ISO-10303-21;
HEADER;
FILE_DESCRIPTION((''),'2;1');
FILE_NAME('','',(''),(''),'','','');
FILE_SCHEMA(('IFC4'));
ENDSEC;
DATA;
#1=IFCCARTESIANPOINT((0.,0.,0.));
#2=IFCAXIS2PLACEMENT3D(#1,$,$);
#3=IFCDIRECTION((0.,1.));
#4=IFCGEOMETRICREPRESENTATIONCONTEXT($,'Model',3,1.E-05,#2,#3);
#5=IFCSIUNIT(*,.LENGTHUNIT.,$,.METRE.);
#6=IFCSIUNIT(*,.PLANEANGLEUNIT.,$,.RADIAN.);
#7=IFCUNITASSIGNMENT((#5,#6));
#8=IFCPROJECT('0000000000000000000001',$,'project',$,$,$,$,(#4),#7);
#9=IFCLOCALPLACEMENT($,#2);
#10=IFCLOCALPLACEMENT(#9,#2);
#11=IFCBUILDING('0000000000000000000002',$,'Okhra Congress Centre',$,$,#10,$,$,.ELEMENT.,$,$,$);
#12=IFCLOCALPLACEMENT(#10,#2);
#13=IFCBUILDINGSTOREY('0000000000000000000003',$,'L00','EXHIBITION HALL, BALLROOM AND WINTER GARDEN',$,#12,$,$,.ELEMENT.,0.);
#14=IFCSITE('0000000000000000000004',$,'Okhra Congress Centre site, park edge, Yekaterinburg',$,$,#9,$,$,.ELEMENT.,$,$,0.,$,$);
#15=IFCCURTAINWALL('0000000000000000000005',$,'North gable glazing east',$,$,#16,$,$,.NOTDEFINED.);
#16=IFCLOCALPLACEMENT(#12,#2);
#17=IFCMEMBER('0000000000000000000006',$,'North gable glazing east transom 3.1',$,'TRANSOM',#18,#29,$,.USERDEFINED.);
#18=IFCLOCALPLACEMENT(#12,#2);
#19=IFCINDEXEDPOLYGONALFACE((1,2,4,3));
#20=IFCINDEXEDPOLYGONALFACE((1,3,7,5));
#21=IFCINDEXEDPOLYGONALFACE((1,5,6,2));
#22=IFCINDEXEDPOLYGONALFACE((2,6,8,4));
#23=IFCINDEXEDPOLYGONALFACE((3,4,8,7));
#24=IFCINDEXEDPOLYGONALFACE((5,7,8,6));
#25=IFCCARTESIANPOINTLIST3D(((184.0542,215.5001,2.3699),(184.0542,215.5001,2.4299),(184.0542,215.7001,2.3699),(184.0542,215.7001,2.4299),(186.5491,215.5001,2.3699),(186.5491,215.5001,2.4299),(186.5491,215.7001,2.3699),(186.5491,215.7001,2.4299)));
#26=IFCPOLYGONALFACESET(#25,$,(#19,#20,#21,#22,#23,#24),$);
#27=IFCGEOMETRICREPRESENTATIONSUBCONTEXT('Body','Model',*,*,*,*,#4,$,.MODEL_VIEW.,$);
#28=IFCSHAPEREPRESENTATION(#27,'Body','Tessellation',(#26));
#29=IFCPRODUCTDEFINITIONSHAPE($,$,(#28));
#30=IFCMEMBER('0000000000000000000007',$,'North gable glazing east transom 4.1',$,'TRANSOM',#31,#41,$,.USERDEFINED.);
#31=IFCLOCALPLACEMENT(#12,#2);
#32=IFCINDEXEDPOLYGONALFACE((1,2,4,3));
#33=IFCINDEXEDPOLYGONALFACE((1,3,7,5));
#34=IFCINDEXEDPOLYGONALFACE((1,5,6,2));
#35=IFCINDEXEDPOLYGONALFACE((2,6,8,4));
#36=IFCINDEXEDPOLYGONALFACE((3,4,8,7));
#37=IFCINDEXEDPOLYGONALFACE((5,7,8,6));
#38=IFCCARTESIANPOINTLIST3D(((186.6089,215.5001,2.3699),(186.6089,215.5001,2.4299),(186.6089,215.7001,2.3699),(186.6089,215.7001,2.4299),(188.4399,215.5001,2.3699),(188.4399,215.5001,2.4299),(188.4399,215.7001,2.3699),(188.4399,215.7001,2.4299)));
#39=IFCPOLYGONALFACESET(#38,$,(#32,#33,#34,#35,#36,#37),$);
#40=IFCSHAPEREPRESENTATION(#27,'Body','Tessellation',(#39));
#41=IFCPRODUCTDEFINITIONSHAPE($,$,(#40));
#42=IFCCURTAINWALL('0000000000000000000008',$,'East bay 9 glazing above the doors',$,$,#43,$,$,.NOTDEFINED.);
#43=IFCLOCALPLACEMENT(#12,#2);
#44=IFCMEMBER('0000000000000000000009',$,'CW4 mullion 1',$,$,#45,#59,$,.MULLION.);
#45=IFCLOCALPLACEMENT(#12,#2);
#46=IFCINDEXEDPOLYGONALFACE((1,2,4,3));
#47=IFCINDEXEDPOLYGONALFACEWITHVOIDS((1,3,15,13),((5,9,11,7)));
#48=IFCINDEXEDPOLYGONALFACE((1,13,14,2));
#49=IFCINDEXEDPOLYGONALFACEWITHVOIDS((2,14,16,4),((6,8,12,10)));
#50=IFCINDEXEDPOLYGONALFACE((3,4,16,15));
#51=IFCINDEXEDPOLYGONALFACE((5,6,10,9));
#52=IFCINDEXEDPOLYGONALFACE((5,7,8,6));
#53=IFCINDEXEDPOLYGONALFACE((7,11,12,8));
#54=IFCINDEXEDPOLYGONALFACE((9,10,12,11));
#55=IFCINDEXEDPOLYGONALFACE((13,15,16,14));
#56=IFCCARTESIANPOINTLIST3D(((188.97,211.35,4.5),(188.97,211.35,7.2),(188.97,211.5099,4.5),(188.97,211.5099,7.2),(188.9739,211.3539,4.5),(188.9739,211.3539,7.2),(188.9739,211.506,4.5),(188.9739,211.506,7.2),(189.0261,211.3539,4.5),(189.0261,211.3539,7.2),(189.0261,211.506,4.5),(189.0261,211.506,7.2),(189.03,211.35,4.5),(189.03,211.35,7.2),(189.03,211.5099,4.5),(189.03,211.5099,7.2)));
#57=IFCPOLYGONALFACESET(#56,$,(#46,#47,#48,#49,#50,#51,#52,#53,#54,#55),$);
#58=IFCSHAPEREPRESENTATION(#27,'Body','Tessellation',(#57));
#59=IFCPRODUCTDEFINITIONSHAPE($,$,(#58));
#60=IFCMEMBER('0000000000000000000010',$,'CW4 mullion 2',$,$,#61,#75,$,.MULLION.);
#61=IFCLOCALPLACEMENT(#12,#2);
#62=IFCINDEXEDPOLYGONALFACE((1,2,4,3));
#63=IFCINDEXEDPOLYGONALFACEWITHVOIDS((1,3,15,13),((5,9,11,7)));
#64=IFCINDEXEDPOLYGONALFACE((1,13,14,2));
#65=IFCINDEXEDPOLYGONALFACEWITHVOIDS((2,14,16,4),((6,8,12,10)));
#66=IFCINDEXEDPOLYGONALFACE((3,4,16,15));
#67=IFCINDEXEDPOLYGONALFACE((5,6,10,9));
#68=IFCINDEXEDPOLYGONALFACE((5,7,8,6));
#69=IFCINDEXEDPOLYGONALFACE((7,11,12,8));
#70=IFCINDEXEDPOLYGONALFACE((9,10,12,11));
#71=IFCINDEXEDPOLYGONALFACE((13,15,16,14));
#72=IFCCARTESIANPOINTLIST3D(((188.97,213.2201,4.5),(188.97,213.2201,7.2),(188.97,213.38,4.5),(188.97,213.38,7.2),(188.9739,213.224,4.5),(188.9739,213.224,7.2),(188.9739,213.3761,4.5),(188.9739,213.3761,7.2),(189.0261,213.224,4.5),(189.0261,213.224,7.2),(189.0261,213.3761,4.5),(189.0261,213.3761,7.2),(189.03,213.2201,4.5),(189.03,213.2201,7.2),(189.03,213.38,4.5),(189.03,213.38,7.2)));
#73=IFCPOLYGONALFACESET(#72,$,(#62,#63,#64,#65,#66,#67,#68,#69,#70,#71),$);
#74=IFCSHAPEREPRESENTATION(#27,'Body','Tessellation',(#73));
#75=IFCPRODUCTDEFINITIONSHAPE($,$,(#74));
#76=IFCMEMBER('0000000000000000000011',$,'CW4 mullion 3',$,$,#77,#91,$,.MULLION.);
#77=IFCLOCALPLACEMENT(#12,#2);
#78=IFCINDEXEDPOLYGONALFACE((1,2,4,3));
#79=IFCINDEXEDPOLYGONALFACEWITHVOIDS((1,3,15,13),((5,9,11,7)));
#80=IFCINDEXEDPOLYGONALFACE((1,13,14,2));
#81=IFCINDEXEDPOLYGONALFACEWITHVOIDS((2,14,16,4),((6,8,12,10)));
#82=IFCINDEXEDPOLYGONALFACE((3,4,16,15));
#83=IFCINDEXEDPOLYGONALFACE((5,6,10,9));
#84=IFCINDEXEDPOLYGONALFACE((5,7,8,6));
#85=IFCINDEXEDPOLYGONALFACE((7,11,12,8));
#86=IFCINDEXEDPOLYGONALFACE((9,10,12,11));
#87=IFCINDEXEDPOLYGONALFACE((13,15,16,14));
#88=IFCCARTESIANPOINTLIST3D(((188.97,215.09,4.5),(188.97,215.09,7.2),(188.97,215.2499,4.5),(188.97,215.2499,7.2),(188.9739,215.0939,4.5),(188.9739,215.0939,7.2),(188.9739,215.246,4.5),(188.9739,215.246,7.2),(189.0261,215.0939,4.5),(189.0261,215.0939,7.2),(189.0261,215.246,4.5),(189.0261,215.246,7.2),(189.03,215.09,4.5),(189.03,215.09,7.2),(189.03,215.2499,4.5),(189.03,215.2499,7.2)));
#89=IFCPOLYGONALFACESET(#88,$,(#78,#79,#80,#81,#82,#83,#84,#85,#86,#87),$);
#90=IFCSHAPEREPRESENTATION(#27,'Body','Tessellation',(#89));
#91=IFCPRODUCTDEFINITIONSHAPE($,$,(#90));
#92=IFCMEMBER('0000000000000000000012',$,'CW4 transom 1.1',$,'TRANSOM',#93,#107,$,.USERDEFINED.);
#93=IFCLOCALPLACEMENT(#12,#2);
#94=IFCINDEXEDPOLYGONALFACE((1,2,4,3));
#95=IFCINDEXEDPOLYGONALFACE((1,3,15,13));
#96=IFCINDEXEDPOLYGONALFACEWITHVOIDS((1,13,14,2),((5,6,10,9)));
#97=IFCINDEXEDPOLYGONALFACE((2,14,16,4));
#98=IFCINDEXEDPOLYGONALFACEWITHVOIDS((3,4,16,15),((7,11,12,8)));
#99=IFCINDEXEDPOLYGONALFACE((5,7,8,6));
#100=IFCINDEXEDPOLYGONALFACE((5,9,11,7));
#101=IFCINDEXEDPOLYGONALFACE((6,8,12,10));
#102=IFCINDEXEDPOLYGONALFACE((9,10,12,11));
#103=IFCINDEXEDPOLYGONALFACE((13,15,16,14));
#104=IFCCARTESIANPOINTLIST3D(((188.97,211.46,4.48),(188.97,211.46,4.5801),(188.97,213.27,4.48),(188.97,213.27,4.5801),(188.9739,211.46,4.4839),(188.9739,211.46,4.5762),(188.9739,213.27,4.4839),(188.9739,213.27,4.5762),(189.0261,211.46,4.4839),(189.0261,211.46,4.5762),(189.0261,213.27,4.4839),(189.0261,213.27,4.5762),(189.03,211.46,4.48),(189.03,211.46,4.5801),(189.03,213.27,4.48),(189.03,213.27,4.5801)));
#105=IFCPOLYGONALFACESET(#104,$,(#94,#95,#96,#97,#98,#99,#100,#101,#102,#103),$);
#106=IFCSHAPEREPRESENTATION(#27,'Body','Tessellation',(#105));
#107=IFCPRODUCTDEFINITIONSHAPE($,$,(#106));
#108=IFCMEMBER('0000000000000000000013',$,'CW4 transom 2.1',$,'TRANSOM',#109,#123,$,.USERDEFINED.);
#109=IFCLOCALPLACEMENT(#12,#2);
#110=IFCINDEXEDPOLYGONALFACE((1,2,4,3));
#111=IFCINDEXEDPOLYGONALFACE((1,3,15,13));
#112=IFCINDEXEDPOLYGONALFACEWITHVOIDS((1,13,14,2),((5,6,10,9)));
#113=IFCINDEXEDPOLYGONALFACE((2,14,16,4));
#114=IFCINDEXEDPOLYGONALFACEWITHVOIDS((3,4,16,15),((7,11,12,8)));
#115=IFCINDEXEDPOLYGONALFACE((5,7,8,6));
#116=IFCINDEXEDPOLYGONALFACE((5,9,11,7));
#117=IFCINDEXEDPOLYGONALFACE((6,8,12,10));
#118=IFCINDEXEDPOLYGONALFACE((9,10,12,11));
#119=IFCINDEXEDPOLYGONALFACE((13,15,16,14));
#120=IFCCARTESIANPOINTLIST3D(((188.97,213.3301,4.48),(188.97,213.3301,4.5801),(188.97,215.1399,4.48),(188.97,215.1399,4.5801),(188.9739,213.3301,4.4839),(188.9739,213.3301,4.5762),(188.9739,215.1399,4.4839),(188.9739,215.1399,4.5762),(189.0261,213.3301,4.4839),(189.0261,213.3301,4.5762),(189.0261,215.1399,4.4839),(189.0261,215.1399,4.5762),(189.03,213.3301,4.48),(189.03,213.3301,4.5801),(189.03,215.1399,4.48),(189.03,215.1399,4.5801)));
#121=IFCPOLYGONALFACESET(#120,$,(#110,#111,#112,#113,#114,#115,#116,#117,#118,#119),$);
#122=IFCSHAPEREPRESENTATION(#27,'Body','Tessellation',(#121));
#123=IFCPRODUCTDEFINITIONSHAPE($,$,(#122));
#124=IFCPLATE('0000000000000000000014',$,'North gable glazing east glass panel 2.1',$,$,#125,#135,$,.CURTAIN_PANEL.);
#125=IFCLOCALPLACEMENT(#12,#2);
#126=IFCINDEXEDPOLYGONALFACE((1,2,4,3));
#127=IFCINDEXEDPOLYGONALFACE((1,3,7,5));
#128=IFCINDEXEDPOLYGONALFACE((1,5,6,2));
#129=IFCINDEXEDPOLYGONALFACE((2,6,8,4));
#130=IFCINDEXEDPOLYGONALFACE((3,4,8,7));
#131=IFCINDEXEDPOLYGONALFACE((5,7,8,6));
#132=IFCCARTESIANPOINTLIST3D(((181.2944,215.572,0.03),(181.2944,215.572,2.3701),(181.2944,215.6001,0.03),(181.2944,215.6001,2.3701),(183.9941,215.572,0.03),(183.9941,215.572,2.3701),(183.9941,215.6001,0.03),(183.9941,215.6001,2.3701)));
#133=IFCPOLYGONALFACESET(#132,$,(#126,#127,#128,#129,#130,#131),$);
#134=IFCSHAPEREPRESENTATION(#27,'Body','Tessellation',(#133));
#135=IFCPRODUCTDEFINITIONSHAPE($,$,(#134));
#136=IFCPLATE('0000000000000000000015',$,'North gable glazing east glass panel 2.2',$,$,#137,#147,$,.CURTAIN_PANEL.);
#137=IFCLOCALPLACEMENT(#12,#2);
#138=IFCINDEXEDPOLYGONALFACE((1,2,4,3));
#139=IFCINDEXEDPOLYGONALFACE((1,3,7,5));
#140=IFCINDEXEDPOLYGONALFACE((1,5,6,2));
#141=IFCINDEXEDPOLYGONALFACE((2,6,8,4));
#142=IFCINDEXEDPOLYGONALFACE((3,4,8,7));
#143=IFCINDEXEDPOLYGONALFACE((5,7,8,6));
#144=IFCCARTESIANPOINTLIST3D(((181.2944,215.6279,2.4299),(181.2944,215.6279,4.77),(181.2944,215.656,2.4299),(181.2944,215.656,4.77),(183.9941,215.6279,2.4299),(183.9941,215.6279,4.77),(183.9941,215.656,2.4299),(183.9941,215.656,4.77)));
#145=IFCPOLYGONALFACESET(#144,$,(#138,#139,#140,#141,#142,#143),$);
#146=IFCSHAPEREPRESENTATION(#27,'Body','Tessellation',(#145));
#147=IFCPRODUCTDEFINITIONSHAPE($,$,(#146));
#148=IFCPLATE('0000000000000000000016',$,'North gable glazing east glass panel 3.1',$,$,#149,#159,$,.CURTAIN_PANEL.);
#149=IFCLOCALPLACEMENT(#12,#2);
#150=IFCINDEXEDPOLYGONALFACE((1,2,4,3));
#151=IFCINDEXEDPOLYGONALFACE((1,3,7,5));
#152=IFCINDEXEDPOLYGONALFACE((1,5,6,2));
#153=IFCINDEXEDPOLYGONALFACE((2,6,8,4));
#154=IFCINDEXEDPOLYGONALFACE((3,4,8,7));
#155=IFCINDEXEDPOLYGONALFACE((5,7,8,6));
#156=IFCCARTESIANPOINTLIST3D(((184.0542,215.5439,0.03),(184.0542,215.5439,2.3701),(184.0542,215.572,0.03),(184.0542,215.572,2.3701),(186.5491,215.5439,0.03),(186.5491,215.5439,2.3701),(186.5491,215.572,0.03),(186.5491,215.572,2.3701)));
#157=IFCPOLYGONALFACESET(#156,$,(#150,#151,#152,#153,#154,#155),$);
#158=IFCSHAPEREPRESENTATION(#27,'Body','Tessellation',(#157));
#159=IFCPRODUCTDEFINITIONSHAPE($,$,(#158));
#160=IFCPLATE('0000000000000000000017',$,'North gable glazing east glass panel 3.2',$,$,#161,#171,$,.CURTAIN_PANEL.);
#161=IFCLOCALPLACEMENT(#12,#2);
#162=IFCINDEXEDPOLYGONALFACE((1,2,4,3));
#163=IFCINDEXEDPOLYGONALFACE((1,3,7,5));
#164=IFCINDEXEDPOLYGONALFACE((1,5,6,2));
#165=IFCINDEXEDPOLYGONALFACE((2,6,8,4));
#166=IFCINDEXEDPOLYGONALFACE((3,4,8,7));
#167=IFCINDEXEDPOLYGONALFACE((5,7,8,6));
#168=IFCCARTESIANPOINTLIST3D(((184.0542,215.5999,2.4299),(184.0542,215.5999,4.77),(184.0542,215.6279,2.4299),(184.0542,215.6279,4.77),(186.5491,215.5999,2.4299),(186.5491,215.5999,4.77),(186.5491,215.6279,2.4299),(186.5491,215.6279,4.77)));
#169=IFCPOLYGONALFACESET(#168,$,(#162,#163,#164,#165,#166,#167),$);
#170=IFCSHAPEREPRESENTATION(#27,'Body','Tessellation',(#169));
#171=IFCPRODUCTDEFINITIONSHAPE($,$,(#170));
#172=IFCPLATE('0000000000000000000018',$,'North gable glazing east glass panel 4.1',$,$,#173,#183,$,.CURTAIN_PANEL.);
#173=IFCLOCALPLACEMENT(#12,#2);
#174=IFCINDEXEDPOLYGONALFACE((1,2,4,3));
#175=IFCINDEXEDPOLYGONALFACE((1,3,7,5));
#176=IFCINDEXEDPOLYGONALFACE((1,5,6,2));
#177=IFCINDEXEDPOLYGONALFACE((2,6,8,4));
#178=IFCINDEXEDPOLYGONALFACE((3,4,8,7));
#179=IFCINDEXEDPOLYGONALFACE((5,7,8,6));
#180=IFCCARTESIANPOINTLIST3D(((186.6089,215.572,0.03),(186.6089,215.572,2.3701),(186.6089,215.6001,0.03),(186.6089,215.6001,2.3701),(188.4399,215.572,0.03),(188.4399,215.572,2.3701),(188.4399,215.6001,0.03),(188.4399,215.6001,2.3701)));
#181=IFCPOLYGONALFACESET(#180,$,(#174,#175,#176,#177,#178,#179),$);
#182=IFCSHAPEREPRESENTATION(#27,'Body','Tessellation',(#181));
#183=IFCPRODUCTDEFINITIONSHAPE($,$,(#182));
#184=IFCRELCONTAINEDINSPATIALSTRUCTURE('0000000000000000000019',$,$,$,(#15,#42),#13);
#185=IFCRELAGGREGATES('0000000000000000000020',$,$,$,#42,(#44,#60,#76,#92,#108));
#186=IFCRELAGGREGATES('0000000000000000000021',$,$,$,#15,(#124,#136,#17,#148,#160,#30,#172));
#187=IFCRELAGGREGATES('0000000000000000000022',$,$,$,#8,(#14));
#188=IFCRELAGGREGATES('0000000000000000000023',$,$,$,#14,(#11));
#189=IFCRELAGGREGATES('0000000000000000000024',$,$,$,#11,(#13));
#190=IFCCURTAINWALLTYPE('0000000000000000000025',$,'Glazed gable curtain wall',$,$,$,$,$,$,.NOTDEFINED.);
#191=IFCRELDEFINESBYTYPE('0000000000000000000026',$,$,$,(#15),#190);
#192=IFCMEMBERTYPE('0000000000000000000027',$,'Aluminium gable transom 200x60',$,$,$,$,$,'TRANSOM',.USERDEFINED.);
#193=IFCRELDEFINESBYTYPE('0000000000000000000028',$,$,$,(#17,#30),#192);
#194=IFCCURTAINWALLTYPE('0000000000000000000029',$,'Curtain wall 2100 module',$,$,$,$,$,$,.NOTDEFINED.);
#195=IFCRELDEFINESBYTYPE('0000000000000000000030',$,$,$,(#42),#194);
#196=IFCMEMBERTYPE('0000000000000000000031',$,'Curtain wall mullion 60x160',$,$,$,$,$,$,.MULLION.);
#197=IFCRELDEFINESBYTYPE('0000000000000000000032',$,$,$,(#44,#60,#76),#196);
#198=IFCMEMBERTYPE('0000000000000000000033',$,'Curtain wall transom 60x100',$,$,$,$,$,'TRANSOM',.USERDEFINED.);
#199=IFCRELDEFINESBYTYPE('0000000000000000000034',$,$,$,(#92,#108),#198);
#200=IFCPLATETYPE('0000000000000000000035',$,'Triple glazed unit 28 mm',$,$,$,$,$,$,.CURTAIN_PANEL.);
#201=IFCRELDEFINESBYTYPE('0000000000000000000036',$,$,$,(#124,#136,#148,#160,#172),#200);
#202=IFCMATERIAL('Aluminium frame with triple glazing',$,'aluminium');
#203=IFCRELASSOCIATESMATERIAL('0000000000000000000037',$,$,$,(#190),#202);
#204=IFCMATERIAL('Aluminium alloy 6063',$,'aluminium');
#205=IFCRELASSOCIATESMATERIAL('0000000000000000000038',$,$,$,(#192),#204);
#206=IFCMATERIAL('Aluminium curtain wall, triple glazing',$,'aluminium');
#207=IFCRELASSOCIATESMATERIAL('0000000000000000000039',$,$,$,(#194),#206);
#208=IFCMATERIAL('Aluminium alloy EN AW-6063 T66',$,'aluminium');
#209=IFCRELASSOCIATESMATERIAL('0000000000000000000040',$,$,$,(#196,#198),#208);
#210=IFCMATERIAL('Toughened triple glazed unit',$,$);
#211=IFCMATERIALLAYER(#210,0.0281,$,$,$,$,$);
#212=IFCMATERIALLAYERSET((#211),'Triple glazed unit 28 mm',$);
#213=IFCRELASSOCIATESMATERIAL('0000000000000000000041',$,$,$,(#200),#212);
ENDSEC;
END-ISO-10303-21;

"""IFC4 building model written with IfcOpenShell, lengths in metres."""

from ifc_helpers import new_model, si_unit, direction, frame, origin, origin_2d, place, context, subcontext, project, spatial, polyline, rectangle, hollow_rectangle, outline, extrude, material, layer, layer_set, material_profile, profile_set, type_object, element, aggregate, save


model = new_model("IFC4")

# Units and contexts
model_context = context("Model", 3, precision=1e-05, world=origin(), true_north=direction((0.0, 1.0)))
body_context = subcontext(model_context, "Body", "Model", "MODEL_VIEW")
ifc_project = project(units=[si_unit("LENGTHUNIT", "METRE"), si_unit("PLANEANGLEUNIT", "RADIAN")], contexts=[model_context])

# Site, building, storey
site_placement = place(None, origin())
site = spatial("IfcSite", under=ifc_project, at=site_placement, Name="Okhra Congress Centre site, park edge, Yekaterinburg", CompositionType="ELEMENT", RefElevation=0.0)
building_placement = place(site_placement, origin())
building = spatial("IfcBuilding", under=site, at=building_placement, Name="Okhra Congress Centre", CompositionType="ELEMENT")
storey_placement = place(building_placement, origin())
storey = spatial("IfcBuildingStorey", under=building, at=storey_placement, Name="L00", Description="EXHIBITION HALL, BALLROOM AND WINTER GARDEN", CompositionType="ELEMENT", Elevation=0.0)

# Curtain walls, members
ifc_material_1 = material(Name="Aluminium frame with triple glazing", Category="aluminium")
curtain_wall_type_1 = type_object("IfcCurtainWallType", Name="Glazed gable curtain wall", PredefinedType="NOTDEFINED", material=ifc_material_1)
curtain_wall_1_placement = place(storey_placement, origin())
curtain_wall_1 = element("IfcCurtainWall", 1, at=curtain_wall_1_placement, inside=storey, type_object=curtain_wall_type_1, Name="North gable glazing east", PredefinedType="NOTDEFINED")
ifc_material_2 = material(Name="Aluminium alloy 6063", Category="aluminium")
ifc_material_profile_1 = material_profile(ifc_material_2, rectangle(XDim=0.2, YDim=0.0601, at=origin_2d()), Name="AL 200x60 gable transom")
ifc_profile_set_1 = profile_set([ifc_material_profile_1], Name="Aluminium alloy 6063")
member_type_1 = type_object("IfcMemberType", Name="Aluminium gable transom 200x60", ElementType="TRANSOM", PredefinedType="USERDEFINED", material=ifc_profile_set_1)
member_1_placement = place(storey_placement, frame((184.0542, 215.6001, 2.3999), z_axis=(1.0, 0.0, 0.0), x_axis=(0.0, 1.0, 0.0)))
member_1 = element("IfcMember", 2, at=member_1_placement, type_object=member_type_1, Name="North gable glazing east transom 3.1", ObjectType="TRANSOM", PredefinedType="USERDEFINED", context=body_context, shape_type="SweptSolid", body=[
    extrude(rectangle(XDim=0.2, YDim=0.0601, at=origin_2d()), origin(), (0.0, 0.0, 1.0), 2.4949),
])
member_2_placement = place(storey_placement, frame((186.6089, 215.6001, 2.3999), z_axis=(1.0, 0.0, 0.0), x_axis=(0.0, 1.0, 0.0)))
member_2 = element("IfcMember", 3, at=member_2_placement, type_object=member_type_1, Name="North gable glazing east transom 4.1", ObjectType="TRANSOM", PredefinedType="USERDEFINED", context=body_context, shape_type="SweptSolid", body=[
    extrude(rectangle(XDim=0.2, YDim=0.0601, at=origin_2d()), origin(), (0.0, 0.0, 1.0), 1.8311),
])
ifc_material_3 = material(Name="Aluminium curtain wall, triple glazing", Category="aluminium")
curtain_wall_type_2 = type_object("IfcCurtainWallType", Name="Curtain wall 2100 module", PredefinedType="NOTDEFINED", material=ifc_material_3)
curtain_wall_2_placement = place(storey_placement, origin())
curtain_wall_2 = element("IfcCurtainWall", 4, at=curtain_wall_2_placement, inside=storey, type_object=curtain_wall_type_2, Name="East bay 9 glazing above the doors", PredefinedType="NOTDEFINED")
ifc_material_4 = material(Name="Aluminium alloy EN AW-6063 T66", Category="aluminium")
ifc_material_profile_2 = material_profile(ifc_material_4, hollow_rectangle(XDim=0.0601, YDim=0.1599, WallThickness=0.0039, at=origin_2d()), Name="RHS 60x160x4")
ifc_profile_set_2 = profile_set([ifc_material_profile_2], Name="Aluminium alloy EN AW-6063 T66")
member_type_2 = type_object("IfcMemberType", Name="Curtain wall mullion 60x160", PredefinedType="MULLION", material=ifc_profile_set_2)
member_3_placement = place(storey_placement, frame((189.0, 211.4299, 4.5), z_axis=(0.0, 0.0, 1.0), x_axis=(-1.0, 0.0, 0.0)))
member_3 = element("IfcMember", 5, at=member_3_placement, type_object=member_type_2, Name="CW4 mullion 1", PredefinedType="MULLION", context=body_context, shape_type="SweptSolid", body=[
    extrude(hollow_rectangle(XDim=0.0601, YDim=0.1599, WallThickness=0.0039, at=origin_2d()), origin(), (0.0, 0.0, 1.0), 2.7),
])
member_4_placement = place(storey_placement, frame((189.0, 213.3, 4.5), z_axis=(0.0, 0.0, 1.0), x_axis=(-1.0, 0.0, 0.0)))
member_4 = element("IfcMember", 6, at=member_4_placement, type_object=member_type_2, Name="CW4 mullion 2", PredefinedType="MULLION", context=body_context, shape_type="SweptSolid", body=[
    extrude(hollow_rectangle(XDim=0.0601, YDim=0.1599, WallThickness=0.0039, at=origin_2d()), origin(), (0.0, 0.0, 1.0), 2.7),
])
member_5_placement = place(storey_placement, frame((189.0, 215.1699, 4.5), z_axis=(0.0, 0.0, 1.0), x_axis=(-1.0, 0.0, 0.0)))
member_5 = element("IfcMember", 7, at=member_5_placement, type_object=member_type_2, Name="CW4 mullion 3", PredefinedType="MULLION", context=body_context, shape_type="SweptSolid", body=[
    extrude(hollow_rectangle(XDim=0.0601, YDim=0.1599, WallThickness=0.0039, at=origin_2d()), origin(), (0.0, 0.0, 1.0), 2.7),
])
ifc_material_profile_3 = material_profile(ifc_material_4, hollow_rectangle(XDim=0.0601, YDim=0.1001, WallThickness=0.0039, at=origin_2d()), Name="RHS 60x100x4")
ifc_profile_set_3 = profile_set([ifc_material_profile_3], Name="Aluminium alloy EN AW-6063 T66")
member_type_3 = type_object("IfcMemberType", Name="Curtain wall transom 60x100", ElementType="TRANSOM", PredefinedType="USERDEFINED", material=ifc_profile_set_3)
member_6_placement = place(storey_placement, frame((189.0, 211.46, 4.53), z_axis=(0.0, 1.0, 0.0), x_axis=(-1.0, 0.0, 0.0)))
member_6 = element("IfcMember", 8, at=member_6_placement, type_object=member_type_3, Name="CW4 transom 1.1", ObjectType="TRANSOM", PredefinedType="USERDEFINED", context=body_context, shape_type="SweptSolid", body=[
    extrude(hollow_rectangle(XDim=0.0601, YDim=0.1001, WallThickness=0.0039, at=origin_2d()), origin(), (0.0, 0.0, 1.0), 1.8101),
])
member_7_placement = place(storey_placement, frame((189.0, 213.3301, 4.53), z_axis=(0.0, 1.0, 0.0), x_axis=(-1.0, 0.0, 0.0)))
member_7 = element("IfcMember", 9, at=member_7_placement, type_object=member_type_3, Name="CW4 transom 2.1", ObjectType="TRANSOM", PredefinedType="USERDEFINED", context=body_context, shape_type="SweptSolid", body=[
    extrude(hollow_rectangle(XDim=0.0601, YDim=0.1001, WallThickness=0.0039, at=origin_2d()), origin(), (0.0, 0.0, 1.0), 1.8098),
])
aggregate(curtain_wall_2, [member_3, member_4, member_5, member_6, member_7])

# Plates
ifc_material_5 = material(Name="Toughened triple glazed unit")
ifc_layer_1 = layer(ifc_material_5, 0.0281)
ifc_layer_set_1 = layer_set([ifc_layer_1], Name="Triple glazed unit 28 mm")
plate_type = type_object("IfcPlateType", Name="Triple glazed unit 28 mm", PredefinedType="CURTAIN_PANEL", material=ifc_layer_set_1)
plate_1_placement = place(storey_placement, frame((183.9941, 215.6001, 0.03), z_axis=(0.0, 1.0, 0.0), x_axis=(-1.0, 0.0, 0.0)))
plate_1 = element("IfcPlate", 10, at=plate_1_placement, type_object=plate_type, Name="North gable glazing east glass panel 2.1", PredefinedType="CURTAIN_PANEL", context=body_context, shape_type="SweptSolid", body=[
    extrude(outline(polyline([(0.0, 0.0), (2.6997, 0.0), (2.6997, 2.3401), (0.0, 2.3401), (0.0, 0.0)])), origin(), (0.0, 0.0, -1.0), 0.0281),
])
plate_2_placement = place(storey_placement, frame((183.9941, 215.656, 2.4299), z_axis=(0.0, 1.0, 0.0), x_axis=(-1.0, 0.0, 0.0)))
plate_2 = element("IfcPlate", 11, at=plate_2_placement, type_object=plate_type, Name="North gable glazing east glass panel 2.2", PredefinedType="CURTAIN_PANEL", context=body_context, shape_type="SweptSolid", body=[
    extrude(outline(polyline([(0.0, 0.0), (2.6997, 0.0), (2.6997, 2.3401), (0.0, 2.3401), (0.0, 0.0)])), origin(), (0.0, 0.0, -1.0), 0.0281),
])
plate_3_placement = place(storey_placement, frame((186.5491, 215.572, 0.03), z_axis=(0.0, 1.0, 0.0), x_axis=(-1.0, 0.0, 0.0)))
plate_3 = element("IfcPlate", 12, at=plate_3_placement, type_object=plate_type, Name="North gable glazing east glass panel 3.1", PredefinedType="CURTAIN_PANEL", context=body_context, shape_type="SweptSolid", body=[
    extrude(outline(polyline([(0.0, 0.0), (2.4949, 0.0), (2.4949, 2.3401), (0.0, 2.3401), (0.0, 0.0)])), origin(), (0.0, 0.0, -1.0), 0.0281),
])
plate_4_placement = place(storey_placement, frame((186.5491, 215.6279, 2.4299), z_axis=(0.0, 1.0, 0.0), x_axis=(-1.0, 0.0, 0.0)))
plate_4 = element("IfcPlate", 13, at=plate_4_placement, type_object=plate_type, Name="North gable glazing east glass panel 3.2", PredefinedType="CURTAIN_PANEL", context=body_context, shape_type="SweptSolid", body=[
    extrude(outline(polyline([(0.0, 0.0), (2.4949, 0.0), (2.4949, 2.3401), (0.0, 2.3401), (0.0, 0.0)])), origin(), (0.0, 0.0, -1.0), 0.0281),
])
plate_5_placement = place(storey_placement, frame((188.4399, 215.6001, 0.03), z_axis=(0.0, 1.0, 0.0), x_axis=(-1.0, 0.0, 0.0)))
plate_5 = element("IfcPlate", 14, at=plate_5_placement, type_object=plate_type, Name="North gable glazing east glass panel 4.1", PredefinedType="CURTAIN_PANEL", context=body_context, shape_type="SweptSolid", body=[
    extrude(outline(polyline([(0.0, 0.0), (1.8311, 0.0), (1.8311, 2.3401), (0.0, 2.3401), (0.0, 0.0)])), origin(), (0.0, 0.0, -1.0), 0.0281),
])
aggregate(curtain_wall_1, [plate_1, plate_2, member_1, plate_3, plate_4, member_2, plate_5])

save(model, "model.ifc")
